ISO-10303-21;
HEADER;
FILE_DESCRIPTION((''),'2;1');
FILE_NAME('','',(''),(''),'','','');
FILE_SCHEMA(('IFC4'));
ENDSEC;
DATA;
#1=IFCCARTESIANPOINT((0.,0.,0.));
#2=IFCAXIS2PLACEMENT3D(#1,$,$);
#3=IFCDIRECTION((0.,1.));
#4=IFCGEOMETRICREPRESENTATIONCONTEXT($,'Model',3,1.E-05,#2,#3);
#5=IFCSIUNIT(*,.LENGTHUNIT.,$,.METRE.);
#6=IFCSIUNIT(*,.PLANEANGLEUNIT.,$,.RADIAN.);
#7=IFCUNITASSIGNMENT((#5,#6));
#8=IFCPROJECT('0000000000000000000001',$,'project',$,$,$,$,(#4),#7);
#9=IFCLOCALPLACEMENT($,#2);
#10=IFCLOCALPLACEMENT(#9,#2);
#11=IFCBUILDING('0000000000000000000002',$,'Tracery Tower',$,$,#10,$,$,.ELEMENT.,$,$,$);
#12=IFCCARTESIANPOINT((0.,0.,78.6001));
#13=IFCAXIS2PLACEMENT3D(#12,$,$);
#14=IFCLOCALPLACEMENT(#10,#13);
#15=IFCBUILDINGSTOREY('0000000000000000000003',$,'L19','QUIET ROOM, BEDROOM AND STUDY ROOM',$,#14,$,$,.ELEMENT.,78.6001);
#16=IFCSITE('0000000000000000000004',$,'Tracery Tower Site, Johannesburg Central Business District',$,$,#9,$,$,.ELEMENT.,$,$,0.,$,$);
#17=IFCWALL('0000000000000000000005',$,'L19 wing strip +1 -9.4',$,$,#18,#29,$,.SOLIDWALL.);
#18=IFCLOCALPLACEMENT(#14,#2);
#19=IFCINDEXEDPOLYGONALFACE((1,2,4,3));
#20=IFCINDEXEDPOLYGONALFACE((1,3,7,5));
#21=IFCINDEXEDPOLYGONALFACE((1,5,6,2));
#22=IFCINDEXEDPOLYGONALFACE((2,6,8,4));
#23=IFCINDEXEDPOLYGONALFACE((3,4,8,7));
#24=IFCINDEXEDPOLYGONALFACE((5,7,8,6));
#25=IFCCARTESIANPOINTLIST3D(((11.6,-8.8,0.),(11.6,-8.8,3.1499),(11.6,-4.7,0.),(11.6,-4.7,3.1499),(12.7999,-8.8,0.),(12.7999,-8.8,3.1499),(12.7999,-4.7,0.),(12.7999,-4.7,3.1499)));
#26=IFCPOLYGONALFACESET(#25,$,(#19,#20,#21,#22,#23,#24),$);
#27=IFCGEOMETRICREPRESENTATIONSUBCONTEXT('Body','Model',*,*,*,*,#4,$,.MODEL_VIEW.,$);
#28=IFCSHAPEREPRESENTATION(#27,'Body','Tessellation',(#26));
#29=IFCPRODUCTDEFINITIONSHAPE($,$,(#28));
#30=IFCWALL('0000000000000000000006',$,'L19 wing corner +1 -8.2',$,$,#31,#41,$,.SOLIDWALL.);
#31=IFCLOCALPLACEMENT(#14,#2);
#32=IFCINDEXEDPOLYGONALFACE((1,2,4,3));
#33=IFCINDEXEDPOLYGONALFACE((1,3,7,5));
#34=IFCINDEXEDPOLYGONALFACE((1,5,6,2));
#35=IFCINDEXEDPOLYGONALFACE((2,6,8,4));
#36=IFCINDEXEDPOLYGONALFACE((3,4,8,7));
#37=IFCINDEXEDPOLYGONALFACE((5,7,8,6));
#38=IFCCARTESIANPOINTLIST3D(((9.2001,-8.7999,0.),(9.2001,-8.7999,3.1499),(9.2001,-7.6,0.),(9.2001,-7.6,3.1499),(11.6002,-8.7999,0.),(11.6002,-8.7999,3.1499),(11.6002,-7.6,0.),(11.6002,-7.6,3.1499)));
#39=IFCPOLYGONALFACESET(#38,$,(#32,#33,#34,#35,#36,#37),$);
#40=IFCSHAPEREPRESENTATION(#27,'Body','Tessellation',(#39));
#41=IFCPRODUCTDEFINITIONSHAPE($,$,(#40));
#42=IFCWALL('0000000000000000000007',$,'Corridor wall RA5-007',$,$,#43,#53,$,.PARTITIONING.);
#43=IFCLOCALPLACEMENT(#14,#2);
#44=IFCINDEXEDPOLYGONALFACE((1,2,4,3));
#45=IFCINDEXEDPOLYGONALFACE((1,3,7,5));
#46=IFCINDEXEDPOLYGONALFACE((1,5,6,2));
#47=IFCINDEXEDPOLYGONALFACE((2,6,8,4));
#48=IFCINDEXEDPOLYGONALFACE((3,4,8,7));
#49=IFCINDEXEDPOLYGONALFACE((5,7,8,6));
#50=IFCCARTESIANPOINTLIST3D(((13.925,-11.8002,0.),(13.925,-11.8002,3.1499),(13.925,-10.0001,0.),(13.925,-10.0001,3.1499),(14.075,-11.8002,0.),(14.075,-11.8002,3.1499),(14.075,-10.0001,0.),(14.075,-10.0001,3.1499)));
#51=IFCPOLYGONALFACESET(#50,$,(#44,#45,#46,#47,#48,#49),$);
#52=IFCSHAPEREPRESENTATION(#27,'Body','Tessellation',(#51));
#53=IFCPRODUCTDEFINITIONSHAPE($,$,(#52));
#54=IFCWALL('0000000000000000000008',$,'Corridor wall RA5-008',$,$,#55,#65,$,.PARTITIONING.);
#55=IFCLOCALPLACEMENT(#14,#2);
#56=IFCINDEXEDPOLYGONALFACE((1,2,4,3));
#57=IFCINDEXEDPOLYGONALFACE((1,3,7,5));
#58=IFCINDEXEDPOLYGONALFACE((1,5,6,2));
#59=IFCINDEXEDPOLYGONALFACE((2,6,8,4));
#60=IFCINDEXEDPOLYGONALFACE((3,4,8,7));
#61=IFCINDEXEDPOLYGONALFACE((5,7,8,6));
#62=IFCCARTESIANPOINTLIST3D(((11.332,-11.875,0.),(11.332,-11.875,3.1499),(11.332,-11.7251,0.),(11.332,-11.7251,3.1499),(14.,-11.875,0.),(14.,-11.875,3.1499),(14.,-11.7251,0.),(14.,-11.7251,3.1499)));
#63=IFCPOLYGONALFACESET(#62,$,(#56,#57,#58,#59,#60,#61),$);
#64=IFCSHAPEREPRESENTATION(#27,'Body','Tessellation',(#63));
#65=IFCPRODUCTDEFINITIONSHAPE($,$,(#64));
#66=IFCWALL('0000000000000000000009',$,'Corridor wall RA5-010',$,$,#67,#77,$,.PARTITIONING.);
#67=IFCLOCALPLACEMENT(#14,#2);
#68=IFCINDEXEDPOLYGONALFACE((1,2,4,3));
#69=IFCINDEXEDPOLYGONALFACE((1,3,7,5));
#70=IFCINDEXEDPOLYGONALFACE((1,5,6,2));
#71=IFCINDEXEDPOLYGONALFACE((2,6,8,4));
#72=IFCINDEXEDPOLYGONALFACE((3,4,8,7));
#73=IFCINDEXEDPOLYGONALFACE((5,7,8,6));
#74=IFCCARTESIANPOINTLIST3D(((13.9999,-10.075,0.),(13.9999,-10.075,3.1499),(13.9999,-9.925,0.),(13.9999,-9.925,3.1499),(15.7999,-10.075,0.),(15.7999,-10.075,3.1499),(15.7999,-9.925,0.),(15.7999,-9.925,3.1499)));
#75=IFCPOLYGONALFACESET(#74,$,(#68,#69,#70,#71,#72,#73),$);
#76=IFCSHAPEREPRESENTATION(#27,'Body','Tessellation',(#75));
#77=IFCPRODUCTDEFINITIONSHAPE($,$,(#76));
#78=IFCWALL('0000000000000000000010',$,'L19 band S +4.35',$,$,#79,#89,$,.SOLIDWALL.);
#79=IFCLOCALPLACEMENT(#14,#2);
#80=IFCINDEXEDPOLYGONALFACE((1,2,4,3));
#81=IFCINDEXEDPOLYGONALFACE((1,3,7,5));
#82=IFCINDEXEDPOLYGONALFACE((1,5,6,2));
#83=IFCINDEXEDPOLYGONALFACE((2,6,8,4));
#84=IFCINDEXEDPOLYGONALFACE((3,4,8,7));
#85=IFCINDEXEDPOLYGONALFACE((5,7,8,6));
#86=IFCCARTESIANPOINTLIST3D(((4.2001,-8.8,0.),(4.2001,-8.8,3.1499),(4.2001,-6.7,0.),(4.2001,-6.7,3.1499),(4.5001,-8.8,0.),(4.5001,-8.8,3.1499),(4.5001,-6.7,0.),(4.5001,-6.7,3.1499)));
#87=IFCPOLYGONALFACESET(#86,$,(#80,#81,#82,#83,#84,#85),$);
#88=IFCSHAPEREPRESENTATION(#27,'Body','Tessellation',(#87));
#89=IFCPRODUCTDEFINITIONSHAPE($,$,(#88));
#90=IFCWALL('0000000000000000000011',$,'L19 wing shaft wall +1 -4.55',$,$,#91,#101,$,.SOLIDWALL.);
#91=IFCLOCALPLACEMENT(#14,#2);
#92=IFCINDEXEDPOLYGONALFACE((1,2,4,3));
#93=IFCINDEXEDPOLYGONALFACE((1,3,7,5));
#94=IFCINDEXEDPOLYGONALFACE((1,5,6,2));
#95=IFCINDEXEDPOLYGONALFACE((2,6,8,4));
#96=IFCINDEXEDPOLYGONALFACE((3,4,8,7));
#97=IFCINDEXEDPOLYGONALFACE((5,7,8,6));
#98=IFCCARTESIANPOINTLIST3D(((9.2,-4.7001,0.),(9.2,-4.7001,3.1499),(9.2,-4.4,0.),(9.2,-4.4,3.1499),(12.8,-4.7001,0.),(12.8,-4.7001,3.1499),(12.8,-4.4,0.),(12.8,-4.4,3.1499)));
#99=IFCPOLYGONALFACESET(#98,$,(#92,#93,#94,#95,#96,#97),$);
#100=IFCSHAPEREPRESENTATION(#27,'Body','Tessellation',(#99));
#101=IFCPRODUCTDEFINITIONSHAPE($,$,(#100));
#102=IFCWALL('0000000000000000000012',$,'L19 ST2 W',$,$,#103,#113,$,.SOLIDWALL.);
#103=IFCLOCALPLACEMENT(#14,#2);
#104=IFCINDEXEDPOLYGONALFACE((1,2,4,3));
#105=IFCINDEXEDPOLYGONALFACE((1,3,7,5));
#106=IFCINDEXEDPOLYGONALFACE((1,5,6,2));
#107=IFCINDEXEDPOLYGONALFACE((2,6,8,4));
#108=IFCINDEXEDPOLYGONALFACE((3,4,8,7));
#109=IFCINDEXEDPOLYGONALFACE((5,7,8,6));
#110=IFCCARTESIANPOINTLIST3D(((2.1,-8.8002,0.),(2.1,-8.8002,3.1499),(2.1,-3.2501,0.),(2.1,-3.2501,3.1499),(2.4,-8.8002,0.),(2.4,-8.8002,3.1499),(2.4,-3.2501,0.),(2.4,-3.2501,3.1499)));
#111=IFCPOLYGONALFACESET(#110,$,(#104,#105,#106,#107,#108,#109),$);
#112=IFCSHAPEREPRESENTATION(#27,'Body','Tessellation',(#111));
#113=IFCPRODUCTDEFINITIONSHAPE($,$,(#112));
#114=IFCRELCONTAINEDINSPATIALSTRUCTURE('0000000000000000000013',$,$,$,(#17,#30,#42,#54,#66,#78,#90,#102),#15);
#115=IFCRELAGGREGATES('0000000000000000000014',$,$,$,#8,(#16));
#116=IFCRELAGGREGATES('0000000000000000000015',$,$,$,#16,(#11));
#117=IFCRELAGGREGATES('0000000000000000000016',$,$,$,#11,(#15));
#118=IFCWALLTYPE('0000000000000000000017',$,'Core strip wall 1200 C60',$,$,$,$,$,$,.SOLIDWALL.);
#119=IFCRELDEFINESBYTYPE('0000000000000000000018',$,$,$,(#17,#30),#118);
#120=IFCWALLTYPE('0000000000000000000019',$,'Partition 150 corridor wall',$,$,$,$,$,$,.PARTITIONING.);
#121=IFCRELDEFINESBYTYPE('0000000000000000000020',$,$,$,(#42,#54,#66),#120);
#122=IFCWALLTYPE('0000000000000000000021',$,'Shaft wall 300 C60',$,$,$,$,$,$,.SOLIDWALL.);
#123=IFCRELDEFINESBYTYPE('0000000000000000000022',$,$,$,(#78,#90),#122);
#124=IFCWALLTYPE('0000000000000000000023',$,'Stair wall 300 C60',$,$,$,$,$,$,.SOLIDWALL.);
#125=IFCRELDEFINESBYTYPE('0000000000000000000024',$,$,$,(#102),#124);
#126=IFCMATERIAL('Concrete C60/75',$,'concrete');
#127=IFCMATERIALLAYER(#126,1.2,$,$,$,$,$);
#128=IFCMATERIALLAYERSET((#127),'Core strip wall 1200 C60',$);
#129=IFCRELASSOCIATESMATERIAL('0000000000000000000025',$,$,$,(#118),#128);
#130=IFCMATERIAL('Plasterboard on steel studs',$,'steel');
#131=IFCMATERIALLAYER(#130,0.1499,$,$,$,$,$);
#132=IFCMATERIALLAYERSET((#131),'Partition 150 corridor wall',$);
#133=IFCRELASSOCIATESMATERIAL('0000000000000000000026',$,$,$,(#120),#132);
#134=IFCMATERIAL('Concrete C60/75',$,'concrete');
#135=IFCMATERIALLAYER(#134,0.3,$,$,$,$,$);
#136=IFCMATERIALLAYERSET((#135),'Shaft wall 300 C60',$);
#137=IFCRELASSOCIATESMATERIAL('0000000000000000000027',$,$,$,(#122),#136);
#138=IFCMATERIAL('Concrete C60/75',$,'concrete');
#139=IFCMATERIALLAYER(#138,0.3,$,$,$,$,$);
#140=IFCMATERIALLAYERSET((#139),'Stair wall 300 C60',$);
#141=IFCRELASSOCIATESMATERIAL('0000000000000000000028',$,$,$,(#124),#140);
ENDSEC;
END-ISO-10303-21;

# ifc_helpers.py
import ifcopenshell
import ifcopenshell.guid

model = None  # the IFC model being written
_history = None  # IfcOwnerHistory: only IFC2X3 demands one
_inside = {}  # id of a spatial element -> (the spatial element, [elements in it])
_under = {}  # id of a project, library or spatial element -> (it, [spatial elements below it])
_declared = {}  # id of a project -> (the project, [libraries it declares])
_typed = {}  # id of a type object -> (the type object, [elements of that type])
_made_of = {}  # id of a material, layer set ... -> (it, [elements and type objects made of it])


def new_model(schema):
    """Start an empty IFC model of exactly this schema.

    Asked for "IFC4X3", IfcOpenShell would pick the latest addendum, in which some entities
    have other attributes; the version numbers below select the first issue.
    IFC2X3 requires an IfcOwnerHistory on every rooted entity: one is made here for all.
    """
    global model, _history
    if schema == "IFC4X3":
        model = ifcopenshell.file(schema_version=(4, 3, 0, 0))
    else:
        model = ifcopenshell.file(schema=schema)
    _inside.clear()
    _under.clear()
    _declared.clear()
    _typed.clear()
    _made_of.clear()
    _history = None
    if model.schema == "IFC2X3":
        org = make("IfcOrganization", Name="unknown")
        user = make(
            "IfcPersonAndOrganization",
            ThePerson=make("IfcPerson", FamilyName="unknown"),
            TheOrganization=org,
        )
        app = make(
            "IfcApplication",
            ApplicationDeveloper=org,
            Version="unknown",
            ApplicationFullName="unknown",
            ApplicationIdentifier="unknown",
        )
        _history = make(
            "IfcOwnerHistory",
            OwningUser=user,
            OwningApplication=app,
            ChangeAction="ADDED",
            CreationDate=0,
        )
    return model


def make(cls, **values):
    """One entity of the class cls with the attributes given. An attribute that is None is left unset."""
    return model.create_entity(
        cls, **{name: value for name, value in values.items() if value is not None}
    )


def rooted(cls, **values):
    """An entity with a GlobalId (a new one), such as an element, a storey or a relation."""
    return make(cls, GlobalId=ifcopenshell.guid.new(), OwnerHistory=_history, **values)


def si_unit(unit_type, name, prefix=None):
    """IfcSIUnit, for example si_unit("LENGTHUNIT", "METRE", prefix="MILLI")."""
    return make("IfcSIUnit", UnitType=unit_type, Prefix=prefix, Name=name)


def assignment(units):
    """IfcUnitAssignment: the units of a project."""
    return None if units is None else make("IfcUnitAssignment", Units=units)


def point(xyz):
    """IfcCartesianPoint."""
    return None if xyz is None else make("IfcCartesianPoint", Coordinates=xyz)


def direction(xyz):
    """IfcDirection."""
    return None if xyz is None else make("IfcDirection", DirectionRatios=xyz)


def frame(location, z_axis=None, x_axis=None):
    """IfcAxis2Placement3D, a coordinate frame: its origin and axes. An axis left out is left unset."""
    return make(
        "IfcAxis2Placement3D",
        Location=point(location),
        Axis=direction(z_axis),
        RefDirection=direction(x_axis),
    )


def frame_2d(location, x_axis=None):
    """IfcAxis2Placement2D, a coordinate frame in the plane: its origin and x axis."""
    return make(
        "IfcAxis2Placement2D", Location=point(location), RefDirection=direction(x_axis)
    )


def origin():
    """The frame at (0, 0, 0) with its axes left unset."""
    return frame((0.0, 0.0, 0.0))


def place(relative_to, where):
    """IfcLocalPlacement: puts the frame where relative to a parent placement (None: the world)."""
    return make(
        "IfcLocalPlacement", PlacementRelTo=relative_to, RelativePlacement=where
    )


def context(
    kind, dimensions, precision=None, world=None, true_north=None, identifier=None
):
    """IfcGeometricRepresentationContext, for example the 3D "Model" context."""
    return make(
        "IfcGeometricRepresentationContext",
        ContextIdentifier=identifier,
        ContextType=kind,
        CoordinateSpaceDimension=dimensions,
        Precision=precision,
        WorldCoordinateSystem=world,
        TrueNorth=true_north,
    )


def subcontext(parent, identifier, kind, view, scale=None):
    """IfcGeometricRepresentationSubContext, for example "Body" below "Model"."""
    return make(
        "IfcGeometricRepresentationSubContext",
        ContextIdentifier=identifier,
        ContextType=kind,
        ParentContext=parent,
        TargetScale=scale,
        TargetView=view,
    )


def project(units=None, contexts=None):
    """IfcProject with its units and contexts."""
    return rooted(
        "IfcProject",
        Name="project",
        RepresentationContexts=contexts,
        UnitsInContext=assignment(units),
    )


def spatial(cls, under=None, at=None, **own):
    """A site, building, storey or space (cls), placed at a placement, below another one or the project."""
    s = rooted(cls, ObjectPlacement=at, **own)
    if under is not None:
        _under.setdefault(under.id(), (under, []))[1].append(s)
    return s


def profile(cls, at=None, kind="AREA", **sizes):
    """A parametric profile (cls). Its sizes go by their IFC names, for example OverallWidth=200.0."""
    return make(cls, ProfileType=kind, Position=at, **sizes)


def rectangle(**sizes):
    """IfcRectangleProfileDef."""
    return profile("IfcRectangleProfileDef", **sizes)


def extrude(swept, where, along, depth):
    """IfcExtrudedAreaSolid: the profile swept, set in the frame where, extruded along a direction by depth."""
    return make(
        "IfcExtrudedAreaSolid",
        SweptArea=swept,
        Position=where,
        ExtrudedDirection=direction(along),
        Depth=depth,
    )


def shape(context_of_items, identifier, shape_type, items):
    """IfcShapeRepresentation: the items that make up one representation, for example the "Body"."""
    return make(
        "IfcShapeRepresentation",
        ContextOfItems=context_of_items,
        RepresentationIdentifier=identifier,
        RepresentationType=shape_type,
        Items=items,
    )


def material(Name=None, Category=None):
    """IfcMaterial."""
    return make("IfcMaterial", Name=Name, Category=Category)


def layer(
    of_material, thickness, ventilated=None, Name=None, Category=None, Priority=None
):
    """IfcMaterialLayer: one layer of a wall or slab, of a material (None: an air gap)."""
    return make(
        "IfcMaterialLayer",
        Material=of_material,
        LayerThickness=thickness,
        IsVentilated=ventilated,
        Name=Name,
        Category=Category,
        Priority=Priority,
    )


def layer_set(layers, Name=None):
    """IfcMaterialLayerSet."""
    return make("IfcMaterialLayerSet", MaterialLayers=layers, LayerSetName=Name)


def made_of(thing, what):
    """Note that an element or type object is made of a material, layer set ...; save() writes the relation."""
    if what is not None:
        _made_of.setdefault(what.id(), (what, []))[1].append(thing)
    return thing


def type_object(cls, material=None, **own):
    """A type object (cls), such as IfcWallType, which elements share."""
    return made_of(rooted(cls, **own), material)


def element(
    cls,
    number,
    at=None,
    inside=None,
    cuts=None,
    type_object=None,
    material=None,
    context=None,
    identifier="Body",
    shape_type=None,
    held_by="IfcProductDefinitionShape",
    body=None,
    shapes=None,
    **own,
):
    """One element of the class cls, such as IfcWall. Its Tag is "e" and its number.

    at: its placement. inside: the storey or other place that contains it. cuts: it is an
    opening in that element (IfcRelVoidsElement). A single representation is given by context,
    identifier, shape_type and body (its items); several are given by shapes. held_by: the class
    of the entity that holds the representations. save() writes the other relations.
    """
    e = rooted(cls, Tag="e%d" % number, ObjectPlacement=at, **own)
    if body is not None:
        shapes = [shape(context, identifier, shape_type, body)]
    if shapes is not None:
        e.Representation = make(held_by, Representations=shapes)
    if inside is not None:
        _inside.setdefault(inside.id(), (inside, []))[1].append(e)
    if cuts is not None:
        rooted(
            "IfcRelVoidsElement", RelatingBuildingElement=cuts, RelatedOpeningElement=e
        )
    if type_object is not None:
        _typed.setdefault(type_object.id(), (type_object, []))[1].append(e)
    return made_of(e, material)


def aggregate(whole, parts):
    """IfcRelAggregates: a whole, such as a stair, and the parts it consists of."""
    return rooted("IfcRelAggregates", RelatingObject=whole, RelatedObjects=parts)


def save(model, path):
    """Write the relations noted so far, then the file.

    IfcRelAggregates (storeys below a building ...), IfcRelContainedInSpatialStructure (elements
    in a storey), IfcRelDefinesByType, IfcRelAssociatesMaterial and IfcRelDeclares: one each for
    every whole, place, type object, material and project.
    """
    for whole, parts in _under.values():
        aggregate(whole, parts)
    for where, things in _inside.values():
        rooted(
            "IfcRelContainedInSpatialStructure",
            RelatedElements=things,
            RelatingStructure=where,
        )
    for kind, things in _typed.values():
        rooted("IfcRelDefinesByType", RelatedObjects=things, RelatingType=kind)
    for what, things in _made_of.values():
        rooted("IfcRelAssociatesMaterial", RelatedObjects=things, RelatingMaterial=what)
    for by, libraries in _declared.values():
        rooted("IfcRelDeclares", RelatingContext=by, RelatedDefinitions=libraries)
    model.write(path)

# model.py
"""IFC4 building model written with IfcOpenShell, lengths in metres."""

from ifc_helpers import new_model, si_unit, direction, frame, frame_2d, origin, place, context, subcontext, project, spatial, rectangle, extrude, material, layer, layer_set, type_object, element, save


model = new_model("IFC4")

# Units and contexts
model_context = context("Model", 3, precision=1e-05, world=origin(), true_north=direction((0.0, 1.0)))
body_context = subcontext(model_context, "Body", "Model", "MODEL_VIEW")
ifc_project = project(units=[si_unit("LENGTHUNIT", "METRE"), si_unit("PLANEANGLEUNIT", "RADIAN")], contexts=[model_context])

# Site, building, storey
site_placement = place(None, origin())
site = spatial("IfcSite", under=ifc_project, at=site_placement, Name="Tracery Tower Site, Johannesburg Central Business District", CompositionType="ELEMENT", RefElevation=0.0)
building_placement = place(site_placement, origin())
building = spatial("IfcBuilding", under=site, at=building_placement, Name="Tracery Tower", CompositionType="ELEMENT")
storey_placement = place(building_placement, frame((0.0, 0.0, 78.6001)))
storey = spatial("IfcBuildingStorey", under=building, at=storey_placement, Name="L19", Description="QUIET ROOM, BEDROOM AND STUDY ROOM", CompositionType="ELEMENT", Elevation=78.6001)

# Walls
ifc_material_1 = material(Name="Concrete C60/75", Category="concrete")
ifc_layer_1 = layer(ifc_material_1, 1.2)
ifc_layer_set_1 = layer_set([ifc_layer_1], Name="Core strip wall 1200 C60")
wall_type_1 = type_object("IfcWallType", Name="Core strip wall 1200 C60", PredefinedType="SOLIDWALL", material=ifc_layer_set_1)
wall_1_placement = place(storey_placement, frame((12.2, -8.8, 0.0), z_axis=(0.0, 0.0, 1.0), x_axis=(0.0, 1.0, 0.0)))
element("IfcWall", 1, at=wall_1_placement, inside=storey, type_object=wall_type_1, Name="L19 wing strip +1 -9.4", PredefinedType="SOLIDWALL", context=body_context, shape_type="SweptSolid", body=[
    extrude(rectangle(XDim=4.1001, YDim=1.2, at=frame_2d((2.05, 0.0))), origin(), (0.0, 0.0, 1.0), 3.1499),
])
wall_2_placement = place(storey_placement, frame((9.2, -8.2, 0.0), z_axis=(0.0, 0.0, 1.0), x_axis=(1.0, 0.0, 0.0)))
element("IfcWall", 2, at=wall_2_placement, inside=storey, type_object=wall_type_1, Name="L19 wing corner +1 -8.2", PredefinedType="SOLIDWALL", context=body_context, shape_type="SweptSolid", body=[
    extrude(rectangle(XDim=2.4001, YDim=1.2, at=frame_2d((1.2002, 0.0))), origin(), (0.0, 0.0, 1.0), 3.1499),
])

# Walls
ifc_material_2 = material(Name="Plasterboard on steel studs", Category="steel")
ifc_layer_2 = layer(ifc_material_2, 0.1499)
ifc_layer_set_2 = layer_set([ifc_layer_2], Name="Partition 150 corridor wall")
wall_type_2 = type_object("IfcWallType", Name="Partition 150 corridor wall", PredefinedType="PARTITIONING", material=ifc_layer_set_2)
wall_3_placement = place(storey_placement, frame((14.0, -11.8, 0.0), z_axis=(0.0, 0.0, 1.0), x_axis=(0.0, 1.0, 0.0)))
element("IfcWall", 3, at=wall_3_placement, inside=storey, type_object=wall_type_2, Name="Corridor wall RA5-007", PredefinedType="PARTITIONING", context=body_context, shape_type="SweptSolid", body=[
    extrude(rectangle(XDim=1.8, YDim=0.1499, at=frame_2d((0.8999, 0.0))), origin(), (0.0, 0.0, 1.0), 3.1499),
])
wall_4_placement = place(storey_placement, frame((11.332, -11.8, 0.0), z_axis=(0.0, 0.0, 1.0), x_axis=(1.0, 0.0, 0.0)))
element("IfcWall", 4, at=wall_4_placement, inside=storey, type_object=wall_type_2, Name="Corridor wall RA5-008", PredefinedType="PARTITIONING", context=body_context, shape_type="SweptSolid", body=[
    extrude(rectangle(XDim=2.668, YDim=0.1499, at=frame_2d((1.334, 0.0))), origin(), (0.0, 0.0, 1.0), 3.1499),
])
wall_5_placement = place(storey_placement, frame((14.0, -10.0, 0.0), z_axis=(0.0, 0.0, 1.0), x_axis=(1.0, 0.0, 0.0)))
element("IfcWall", 5, at=wall_5_placement, inside=storey, type_object=wall_type_2, Name="Corridor wall RA5-010", PredefinedType="PARTITIONING", context=body_context, shape_type="SweptSolid", body=[
    extrude(rectangle(XDim=1.8, YDim=0.1499, at=frame_2d((0.8999, 0.0))), origin(), (0.0, 0.0, 1.0), 3.1499),
])
ifc_material_3 = material(Name="Concrete C60/75", Category="concrete")
ifc_layer_3 = layer(ifc_material_3, 0.3)
ifc_layer_set_3 = layer_set([ifc_layer_3], Name="Shaft wall 300 C60")
wall_type_3 = type_object("IfcWallType", Name="Shaft wall 300 C60", PredefinedType="SOLIDWALL", material=ifc_layer_set_3)
wall_6_placement = place(storey_placement, frame((4.3501, -8.8, 0.0), z_axis=(0.0, 0.0, 1.0), x_axis=(0.0, 1.0, 0.0)))
element("IfcWall", 6, at=wall_6_placement, inside=storey, type_object=wall_type_3, Name="L19 band S +4.35", PredefinedType="SOLIDWALL", context=body_context, shape_type="SweptSolid", body=[
    extrude(rectangle(XDim=2.1001, YDim=0.3, at=frame_2d((1.05, 0.0))), origin(), (0.0, 0.0, 1.0), 3.1499),
])
wall_7_placement = place(storey_placement, frame((9.2, -4.55, 0.0), z_axis=(0.0, 0.0, 1.0), x_axis=(1.0, 0.0, 0.0)))
element("IfcWall", 7, at=wall_7_placement, inside=storey, type_object=wall_type_3, Name="L19 wing shaft wall +1 -4.55", PredefinedType="SOLIDWALL", context=body_context, shape_type="SweptSolid", body=[
    extrude(rectangle(XDim=3.6001, YDim=0.3, at=frame_2d((1.8, 0.0))), origin(), (0.0, 0.0, 1.0), 3.1499),
])

# Shared definitions
ifc_material_4 = material(Name="Concrete C60/75", Category="concrete")
ifc_layer_4 = layer(ifc_material_4, 0.3)
ifc_layer_set_4 = layer_set([ifc_layer_4], Name="Stair wall 300 C60")
wall_type_4 = type_object("IfcWallType", Name="Stair wall 300 C60", PredefinedType="SOLIDWALL", material=ifc_layer_set_4)

# Wall
wall_8_placement = place(storey_placement, frame((2.25, -8.8, 0.0), z_axis=(0.0, 0.0, 1.0), x_axis=(0.0, 1.0, 0.0)))
element("IfcWall", 8, at=wall_8_placement, inside=storey, type_object=wall_type_4, Name="L19 ST2 W", PredefinedType="SOLIDWALL", context=body_context, shape_type="SweptSolid", body=[
    extrude(rectangle(XDim=5.55, YDim=0.3, at=frame_2d((2.7749, 0.0))), origin(), (0.0, 0.0, 1.0), 3.1499),
])

save(model, "model.ifc")
